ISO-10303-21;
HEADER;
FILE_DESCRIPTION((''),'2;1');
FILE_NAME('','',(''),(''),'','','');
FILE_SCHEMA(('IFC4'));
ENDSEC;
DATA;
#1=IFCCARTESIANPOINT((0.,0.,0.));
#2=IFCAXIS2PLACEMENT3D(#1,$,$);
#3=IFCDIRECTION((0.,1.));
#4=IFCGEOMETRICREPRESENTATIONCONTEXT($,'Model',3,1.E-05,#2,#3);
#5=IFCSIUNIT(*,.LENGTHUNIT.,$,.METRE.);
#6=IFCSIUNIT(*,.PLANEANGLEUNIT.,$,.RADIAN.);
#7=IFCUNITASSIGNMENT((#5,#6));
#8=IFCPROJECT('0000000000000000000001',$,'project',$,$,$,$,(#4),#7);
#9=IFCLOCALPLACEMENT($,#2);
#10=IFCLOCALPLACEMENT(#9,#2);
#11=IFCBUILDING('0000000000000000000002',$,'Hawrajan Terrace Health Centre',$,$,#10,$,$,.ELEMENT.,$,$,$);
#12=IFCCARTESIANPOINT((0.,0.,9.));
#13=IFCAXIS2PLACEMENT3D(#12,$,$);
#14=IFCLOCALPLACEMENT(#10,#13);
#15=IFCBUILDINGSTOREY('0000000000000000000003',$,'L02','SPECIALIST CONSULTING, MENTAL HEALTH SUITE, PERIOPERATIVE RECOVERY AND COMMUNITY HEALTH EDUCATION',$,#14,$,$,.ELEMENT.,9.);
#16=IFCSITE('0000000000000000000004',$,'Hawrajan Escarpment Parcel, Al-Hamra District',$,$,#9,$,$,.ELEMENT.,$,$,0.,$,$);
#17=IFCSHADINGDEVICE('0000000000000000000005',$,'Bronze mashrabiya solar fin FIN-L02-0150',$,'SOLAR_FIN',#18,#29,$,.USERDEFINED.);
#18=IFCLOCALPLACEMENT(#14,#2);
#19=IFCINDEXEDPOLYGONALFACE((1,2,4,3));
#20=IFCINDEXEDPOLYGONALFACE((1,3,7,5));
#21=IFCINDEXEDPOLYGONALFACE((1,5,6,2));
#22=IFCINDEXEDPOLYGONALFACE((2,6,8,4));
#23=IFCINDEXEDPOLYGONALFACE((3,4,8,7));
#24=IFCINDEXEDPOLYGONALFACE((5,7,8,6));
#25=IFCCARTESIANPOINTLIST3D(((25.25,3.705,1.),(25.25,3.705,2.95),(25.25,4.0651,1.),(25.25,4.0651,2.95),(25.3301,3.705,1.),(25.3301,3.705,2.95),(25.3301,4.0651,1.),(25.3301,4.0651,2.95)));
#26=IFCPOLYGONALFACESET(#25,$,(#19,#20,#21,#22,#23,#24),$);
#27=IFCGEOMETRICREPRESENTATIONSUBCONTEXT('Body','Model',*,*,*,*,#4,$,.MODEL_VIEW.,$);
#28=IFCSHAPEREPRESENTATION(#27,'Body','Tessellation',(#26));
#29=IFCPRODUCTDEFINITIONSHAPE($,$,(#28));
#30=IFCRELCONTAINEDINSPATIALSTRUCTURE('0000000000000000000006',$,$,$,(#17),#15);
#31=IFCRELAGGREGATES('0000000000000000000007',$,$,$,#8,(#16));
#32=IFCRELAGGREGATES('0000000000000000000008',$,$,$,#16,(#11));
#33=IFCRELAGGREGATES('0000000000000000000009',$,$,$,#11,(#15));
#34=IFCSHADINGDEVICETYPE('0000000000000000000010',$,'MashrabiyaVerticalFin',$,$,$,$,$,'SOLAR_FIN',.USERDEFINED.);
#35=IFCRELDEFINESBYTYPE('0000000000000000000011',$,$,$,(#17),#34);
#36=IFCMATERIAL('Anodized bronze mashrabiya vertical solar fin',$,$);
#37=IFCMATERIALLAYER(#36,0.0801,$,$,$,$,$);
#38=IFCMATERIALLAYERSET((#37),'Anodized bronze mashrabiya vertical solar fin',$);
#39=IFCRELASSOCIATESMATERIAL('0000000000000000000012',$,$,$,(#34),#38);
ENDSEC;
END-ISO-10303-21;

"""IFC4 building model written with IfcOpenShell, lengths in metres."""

from ifc_helpers import new_model, si_unit, direction, frame, origin, origin_2d, place, context, subcontext, project, spatial, rectangle, extrude, material, layer, layer_set, type_object, element, save


model = new_model("IFC4")

# Units and contexts
model_context = context("Model", 3, precision=1e-05, world=origin(), true_north=direction((0.0, 1.0)))
body_context = subcontext(model_context, "Body", "Model", "MODEL_VIEW")
ifc_project = project(units=[si_unit("LENGTHUNIT", "METRE"), si_unit("PLANEANGLEUNIT", "RADIAN")], contexts=[model_context])

# Site, building, storey
site_placement = place(None, origin())
site = spatial("IfcSite", under=ifc_project, at=site_placement, Name="Hawrajan Escarpment Parcel, Al-Hamra District", CompositionType="ELEMENT", RefElevation=0.0)
building_placement = place(site_placement, origin())
building = spatial("IfcBuilding", under=site, at=building_placement, Name="Hawrajan Terrace Health Centre", CompositionType="ELEMENT")
storey_placement = place(building_placement, frame((0.0, 0.0, 9.0)))
storey = spatial("IfcBuildingStorey", under=building, at=storey_placement, Name="L02", Description="SPECIALIST CONSULTING, MENTAL HEALTH SUITE, PERIOPERATIVE RECOVERY AND COMMUNITY HEALTH EDUCATION", CompositionType="ELEMENT", Elevation=9.0)

# Shading device
ifc_material_1 = material(Name="Anodized bronze mashrabiya vertical solar fin")
ifc_layer_1 = layer(ifc_material_1, 0.0801)
ifc_layer_set_1 = layer_set([ifc_layer_1], Name="Anodized bronze mashrabiya vertical solar fin")
shading_device_type = type_object("IfcShadingDeviceType", Name="MashrabiyaVerticalFin", ElementType="SOLAR_FIN", PredefinedType="USERDEFINED", material=ifc_layer_set_1)
for number, where, z_axis, x_axis, name in (
    (1, (25.29, 3.885, 1.0), (0.0, 0.0, 1.0), (1.0, 0.0, 0.0), "Bronze mashrabiya solar fin FIN-L02-0150"),
):
    element("IfcShadingDevice", number, at=place(storey_placement, frame(where, z_axis=z_axis, x_axis=x_axis)), inside=storey, type_object=shading_device_type, Name=name, ObjectType="SOLAR_FIN", PredefinedType="USERDEFINED", context=body_context, shape_type="SweptSolid", body=[
        extrude(rectangle(XDim=0.0801, YDim=0.3601, at=origin_2d()), origin(), (0.0, 0.0, 1.0), 1.95),
    ])

save(model, "model.ifc")
